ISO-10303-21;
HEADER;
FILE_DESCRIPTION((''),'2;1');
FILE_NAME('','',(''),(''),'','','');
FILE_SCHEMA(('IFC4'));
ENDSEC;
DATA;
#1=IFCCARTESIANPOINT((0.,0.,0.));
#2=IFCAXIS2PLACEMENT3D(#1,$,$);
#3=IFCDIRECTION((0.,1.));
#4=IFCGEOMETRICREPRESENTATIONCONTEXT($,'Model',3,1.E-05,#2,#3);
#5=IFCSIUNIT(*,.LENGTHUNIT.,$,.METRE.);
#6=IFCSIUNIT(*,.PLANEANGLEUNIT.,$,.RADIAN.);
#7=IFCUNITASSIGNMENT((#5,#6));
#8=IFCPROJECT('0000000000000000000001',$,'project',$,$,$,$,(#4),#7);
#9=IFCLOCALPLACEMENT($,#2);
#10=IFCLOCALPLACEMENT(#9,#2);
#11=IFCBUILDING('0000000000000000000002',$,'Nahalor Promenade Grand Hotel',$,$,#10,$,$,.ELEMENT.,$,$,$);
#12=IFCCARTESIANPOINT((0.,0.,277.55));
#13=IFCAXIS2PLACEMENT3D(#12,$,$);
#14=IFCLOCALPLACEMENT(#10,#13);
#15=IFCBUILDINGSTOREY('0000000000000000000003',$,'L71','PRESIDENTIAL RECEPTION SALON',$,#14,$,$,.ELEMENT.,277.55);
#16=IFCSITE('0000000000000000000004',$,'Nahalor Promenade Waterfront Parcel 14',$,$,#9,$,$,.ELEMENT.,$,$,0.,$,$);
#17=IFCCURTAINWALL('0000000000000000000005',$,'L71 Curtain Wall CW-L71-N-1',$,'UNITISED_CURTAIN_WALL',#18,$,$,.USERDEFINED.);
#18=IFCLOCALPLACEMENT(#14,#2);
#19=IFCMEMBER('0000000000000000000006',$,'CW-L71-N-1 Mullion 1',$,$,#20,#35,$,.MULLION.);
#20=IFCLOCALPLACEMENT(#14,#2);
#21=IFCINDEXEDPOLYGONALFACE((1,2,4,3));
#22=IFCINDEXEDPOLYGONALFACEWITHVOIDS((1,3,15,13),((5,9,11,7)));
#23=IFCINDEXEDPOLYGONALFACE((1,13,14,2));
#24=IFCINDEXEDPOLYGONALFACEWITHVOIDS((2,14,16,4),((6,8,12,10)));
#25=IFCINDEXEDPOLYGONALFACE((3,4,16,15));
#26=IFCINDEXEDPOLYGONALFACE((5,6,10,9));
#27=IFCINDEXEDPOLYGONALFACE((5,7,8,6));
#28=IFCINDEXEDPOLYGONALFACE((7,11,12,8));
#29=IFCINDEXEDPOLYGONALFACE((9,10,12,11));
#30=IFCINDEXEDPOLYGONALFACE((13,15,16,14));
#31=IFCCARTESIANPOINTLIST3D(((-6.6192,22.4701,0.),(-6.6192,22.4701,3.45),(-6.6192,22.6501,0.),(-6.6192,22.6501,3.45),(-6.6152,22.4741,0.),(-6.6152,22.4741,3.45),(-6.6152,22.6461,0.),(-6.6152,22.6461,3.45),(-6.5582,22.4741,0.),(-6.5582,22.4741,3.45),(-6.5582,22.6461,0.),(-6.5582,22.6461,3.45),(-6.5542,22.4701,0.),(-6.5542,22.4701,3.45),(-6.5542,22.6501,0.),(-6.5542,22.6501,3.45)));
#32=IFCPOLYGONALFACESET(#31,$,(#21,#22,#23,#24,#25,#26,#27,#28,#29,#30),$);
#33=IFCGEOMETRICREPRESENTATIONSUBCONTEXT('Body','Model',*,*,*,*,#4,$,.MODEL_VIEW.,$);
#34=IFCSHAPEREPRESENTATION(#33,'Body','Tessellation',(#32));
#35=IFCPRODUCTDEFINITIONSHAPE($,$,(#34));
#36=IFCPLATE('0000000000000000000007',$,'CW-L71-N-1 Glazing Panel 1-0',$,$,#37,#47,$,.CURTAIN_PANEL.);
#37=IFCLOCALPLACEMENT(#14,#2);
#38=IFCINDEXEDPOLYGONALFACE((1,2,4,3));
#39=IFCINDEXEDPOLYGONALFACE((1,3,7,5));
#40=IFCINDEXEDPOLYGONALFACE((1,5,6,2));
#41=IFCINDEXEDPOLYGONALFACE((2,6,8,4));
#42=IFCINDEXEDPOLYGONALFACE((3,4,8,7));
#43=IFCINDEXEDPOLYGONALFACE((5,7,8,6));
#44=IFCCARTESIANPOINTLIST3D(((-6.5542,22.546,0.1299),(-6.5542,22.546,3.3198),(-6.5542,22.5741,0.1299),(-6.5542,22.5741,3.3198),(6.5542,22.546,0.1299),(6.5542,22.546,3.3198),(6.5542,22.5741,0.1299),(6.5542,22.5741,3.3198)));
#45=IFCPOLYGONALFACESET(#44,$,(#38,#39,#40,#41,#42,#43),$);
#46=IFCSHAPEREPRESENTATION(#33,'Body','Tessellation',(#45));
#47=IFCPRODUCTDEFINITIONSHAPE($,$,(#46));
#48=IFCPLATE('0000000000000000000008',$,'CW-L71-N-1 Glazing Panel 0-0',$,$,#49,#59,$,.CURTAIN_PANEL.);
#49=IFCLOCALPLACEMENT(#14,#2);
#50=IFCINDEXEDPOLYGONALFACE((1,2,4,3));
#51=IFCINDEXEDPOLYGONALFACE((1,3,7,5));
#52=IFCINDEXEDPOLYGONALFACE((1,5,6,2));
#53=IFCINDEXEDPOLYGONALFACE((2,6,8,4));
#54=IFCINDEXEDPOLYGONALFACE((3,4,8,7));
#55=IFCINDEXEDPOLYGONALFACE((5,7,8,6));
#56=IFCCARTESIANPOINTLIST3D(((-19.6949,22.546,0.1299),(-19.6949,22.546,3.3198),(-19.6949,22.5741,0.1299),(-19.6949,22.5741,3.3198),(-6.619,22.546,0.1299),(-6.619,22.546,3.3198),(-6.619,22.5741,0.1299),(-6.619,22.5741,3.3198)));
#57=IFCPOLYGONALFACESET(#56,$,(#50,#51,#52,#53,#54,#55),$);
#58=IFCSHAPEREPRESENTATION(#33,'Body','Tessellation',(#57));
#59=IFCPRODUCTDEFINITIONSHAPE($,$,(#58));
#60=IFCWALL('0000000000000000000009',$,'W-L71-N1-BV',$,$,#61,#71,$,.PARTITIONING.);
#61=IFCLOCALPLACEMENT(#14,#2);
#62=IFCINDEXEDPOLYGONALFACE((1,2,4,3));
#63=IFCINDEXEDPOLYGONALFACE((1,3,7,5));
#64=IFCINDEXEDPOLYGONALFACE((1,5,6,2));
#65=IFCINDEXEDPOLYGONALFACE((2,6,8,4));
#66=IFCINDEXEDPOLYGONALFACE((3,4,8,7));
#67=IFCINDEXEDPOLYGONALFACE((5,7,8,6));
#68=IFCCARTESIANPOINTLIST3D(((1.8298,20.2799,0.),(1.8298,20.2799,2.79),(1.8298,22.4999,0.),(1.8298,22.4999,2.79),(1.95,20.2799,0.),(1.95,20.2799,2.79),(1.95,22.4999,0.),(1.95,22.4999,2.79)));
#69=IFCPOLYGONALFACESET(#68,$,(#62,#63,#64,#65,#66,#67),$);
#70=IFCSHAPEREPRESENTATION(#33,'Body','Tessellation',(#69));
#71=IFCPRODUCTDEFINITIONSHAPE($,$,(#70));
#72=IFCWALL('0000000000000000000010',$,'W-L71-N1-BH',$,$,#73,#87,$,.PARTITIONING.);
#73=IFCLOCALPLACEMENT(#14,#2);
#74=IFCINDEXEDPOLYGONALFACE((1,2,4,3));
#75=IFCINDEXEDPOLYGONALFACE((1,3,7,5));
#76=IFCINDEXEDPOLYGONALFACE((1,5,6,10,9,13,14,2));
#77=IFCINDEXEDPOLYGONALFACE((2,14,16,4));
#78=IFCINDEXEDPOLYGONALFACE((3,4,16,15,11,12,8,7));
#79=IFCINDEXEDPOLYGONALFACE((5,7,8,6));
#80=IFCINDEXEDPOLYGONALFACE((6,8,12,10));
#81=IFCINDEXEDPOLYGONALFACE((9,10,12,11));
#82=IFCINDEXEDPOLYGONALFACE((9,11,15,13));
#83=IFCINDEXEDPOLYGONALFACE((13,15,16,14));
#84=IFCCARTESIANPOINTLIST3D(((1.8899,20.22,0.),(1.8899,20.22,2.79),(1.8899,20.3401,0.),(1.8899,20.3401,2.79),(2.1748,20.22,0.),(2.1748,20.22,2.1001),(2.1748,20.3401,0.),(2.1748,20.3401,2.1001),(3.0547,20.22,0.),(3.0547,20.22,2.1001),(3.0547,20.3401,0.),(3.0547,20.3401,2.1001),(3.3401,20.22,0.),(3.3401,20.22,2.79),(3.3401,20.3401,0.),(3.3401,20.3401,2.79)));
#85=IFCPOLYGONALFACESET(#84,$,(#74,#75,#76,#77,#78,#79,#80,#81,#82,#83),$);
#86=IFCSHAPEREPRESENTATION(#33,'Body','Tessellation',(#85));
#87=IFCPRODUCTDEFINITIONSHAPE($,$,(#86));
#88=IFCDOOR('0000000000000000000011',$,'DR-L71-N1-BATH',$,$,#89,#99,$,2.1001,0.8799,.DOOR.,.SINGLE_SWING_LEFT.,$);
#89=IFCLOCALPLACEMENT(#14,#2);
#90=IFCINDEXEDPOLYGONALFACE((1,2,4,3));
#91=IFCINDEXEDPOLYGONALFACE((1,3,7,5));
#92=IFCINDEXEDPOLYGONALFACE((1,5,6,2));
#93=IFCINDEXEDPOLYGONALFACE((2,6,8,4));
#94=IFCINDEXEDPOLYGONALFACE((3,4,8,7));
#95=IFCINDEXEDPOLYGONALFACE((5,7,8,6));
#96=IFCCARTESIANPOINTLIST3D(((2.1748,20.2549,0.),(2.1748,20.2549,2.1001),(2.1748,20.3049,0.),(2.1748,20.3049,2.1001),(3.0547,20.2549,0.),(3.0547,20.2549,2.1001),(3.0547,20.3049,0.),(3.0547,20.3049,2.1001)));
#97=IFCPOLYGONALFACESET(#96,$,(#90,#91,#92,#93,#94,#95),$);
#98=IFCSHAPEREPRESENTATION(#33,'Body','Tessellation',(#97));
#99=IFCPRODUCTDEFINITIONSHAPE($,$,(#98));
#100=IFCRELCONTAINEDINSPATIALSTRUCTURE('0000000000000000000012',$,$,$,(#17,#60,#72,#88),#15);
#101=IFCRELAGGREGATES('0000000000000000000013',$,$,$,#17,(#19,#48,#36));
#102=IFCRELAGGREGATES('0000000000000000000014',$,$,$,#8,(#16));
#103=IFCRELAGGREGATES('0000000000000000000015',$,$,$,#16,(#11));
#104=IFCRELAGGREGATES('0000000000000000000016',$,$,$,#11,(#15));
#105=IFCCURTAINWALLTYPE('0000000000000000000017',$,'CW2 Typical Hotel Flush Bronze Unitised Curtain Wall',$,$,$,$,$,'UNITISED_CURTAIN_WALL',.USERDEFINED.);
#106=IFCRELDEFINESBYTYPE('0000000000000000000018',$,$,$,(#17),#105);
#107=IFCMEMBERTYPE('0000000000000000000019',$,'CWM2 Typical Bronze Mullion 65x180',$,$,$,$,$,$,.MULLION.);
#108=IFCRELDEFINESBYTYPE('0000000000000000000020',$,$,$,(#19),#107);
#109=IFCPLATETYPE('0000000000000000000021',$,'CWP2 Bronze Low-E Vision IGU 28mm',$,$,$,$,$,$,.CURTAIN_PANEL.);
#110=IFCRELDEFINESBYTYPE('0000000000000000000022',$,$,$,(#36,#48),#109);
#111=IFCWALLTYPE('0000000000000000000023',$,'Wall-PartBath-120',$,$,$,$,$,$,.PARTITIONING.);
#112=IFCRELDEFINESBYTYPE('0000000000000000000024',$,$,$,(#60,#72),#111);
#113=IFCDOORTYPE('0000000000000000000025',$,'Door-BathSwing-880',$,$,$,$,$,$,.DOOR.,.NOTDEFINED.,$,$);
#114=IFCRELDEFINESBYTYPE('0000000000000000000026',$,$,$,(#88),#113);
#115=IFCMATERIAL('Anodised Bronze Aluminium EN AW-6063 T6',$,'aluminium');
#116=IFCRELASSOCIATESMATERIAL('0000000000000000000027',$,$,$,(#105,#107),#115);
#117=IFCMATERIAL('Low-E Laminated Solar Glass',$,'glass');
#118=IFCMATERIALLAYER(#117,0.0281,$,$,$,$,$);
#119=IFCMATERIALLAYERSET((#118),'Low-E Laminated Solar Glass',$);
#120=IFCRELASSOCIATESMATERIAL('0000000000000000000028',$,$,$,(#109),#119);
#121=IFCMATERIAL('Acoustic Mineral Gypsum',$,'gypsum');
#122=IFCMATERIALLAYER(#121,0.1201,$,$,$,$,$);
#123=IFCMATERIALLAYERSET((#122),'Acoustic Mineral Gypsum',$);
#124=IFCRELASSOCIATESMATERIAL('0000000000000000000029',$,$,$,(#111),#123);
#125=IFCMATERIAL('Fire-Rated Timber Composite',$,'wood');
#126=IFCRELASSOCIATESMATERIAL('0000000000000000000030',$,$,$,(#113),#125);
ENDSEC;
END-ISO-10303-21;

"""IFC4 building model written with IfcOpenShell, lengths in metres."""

from ifc_helpers import new_model, si_unit, direction, frame, frame_2d, origin, origin_2d, place, context, subcontext, project, spatial, rectangle, hollow_rectangle, extrude, source, transform, mapped, material, layer, layer_set, material_profile, profile_set, type_object, element, fill, aggregate, save


model = new_model("IFC4")

# Units and contexts
model_context = context("Model", 3, precision=1e-05, world=origin(), true_north=direction((0.0, 1.0)))
body_context = subcontext(model_context, "Body", "Model", "MODEL_VIEW")
ifc_project = project(units=[si_unit("LENGTHUNIT", "METRE"), si_unit("PLANEANGLEUNIT", "RADIAN")], contexts=[model_context])

# Site, building, storey
site_placement = place(None, origin())
site = spatial("IfcSite", under=ifc_project, at=site_placement, Name="Nahalor Promenade Waterfront Parcel 14", CompositionType="ELEMENT", RefElevation=0.0)
building_placement = place(site_placement, origin())
building = spatial("IfcBuilding", under=site, at=building_placement, Name="Nahalor Promenade Grand Hotel", CompositionType="ELEMENT")
storey_placement = place(building_placement, frame((0.0, 0.0, 277.55)))
storey = spatial("IfcBuildingStorey", under=building, at=storey_placement, Name="L71", Description="PRESIDENTIAL RECEPTION SALON", CompositionType="ELEMENT", Elevation=277.55)

# Curtain wall, member, plates
ifc_material_1 = material(Name="Anodised Bronze Aluminium EN AW-6063 T6", Category="aluminium")
curtain_wall_type = type_object("IfcCurtainWallType", Name="CW2 Typical Hotel Flush Bronze Unitised Curtain Wall", ElementType="UNITISED_CURTAIN_WALL", PredefinedType="USERDEFINED", material=ifc_material_1)
curtain_wall_placement = place(storey_placement, origin())
curtain_wall = element("IfcCurtainWall", 1, at=curtain_wall_placement, inside=storey, type_object=curtain_wall_type, Name="L71 Curtain Wall CW-L71-N-1", ObjectType="UNITISED_CURTAIN_WALL", PredefinedType="USERDEFINED")
ifc_material_profile_1 = material_profile(ifc_material_1, hollow_rectangle(XDim=0.065, YDim=0.18, WallThickness=0.004, at=origin_2d()), Name="CWM 65x180x4")
ifc_profile_set_1 = profile_set([ifc_material_profile_1], Name="Anodised Bronze Aluminium EN AW-6063 T6")
member_type_1 = type_object("IfcMemberType", Name="CWM2 Typical Bronze Mullion 65x180", PredefinedType="MULLION", material=ifc_profile_set_1)
shared_shape_1 = source(origin(), body_context, "Body", "SweptSolid", [
    extrude(hollow_rectangle(XDim=0.065, YDim=0.18, WallThickness=0.004, at=origin_2d()), origin(), (0.0, 0.0, 1.0), 3.45),
])
member_1_placement = place(storey_placement, frame((-6.5867, 22.5601, 0.0), z_axis=(0.0, 0.0, 1.0), x_axis=(1.0, 0.0, 0.0)))
member_1 = element("IfcMember", 2, at=member_1_placement, type_object=member_type_1, Name="CW-L71-N-1 Mullion 1", PredefinedType="MULLION", context=body_context, shape_type="MappedRepresentation", body=[
    mapped(shared_shape_1, transform((0.0, 0.0, 0.0), scale=1.0)),
])
ifc_material_2 = material(Name="Low-E Laminated Solar Glass", Category="glass")
ifc_layer_1 = layer(ifc_material_2, 0.0281)
ifc_layer_set_1 = layer_set([ifc_layer_1], Name="Low-E Laminated Solar Glass")
plate_type = type_object("IfcPlateType", Name="CWP2 Bronze Low-E Vision IGU 28mm", PredefinedType="CURTAIN_PANEL", material=ifc_layer_set_1)
shared_shape_2 = source(origin(), body_context, "Body", "SweptSolid", [
    extrude(rectangle(XDim=13.1084, YDim=0.0281, at=origin_2d()), origin(), (0.0, 0.0, 1.0), 3.1899),
])
plate_1_placement = place(storey_placement, frame((0.0, 22.5601, 0.1299), z_axis=(0.0, 0.0, 1.0), x_axis=(1.0, 0.0, 0.0)))
plate_1 = element("IfcPlate", 3, at=plate_1_placement, type_object=plate_type, Name="CW-L71-N-1 Glazing Panel 1-0", PredefinedType="CURTAIN_PANEL", context=body_context, shape_type="MappedRepresentation", body=[
    mapped(shared_shape_2, transform((0.0, 0.0, 0.0), scale=1.0)),
])
shared_shape_3 = source(origin(), body_context, "Body", "SweptSolid", [
    extrude(rectangle(XDim=13.0759, YDim=0.0281, at=origin_2d()), origin(), (0.0, 0.0, 1.0), 3.1899),
])
plate_2_placement = place(storey_placement, frame((-13.157, 22.5601, 0.1299), z_axis=(0.0, 0.0, 1.0), x_axis=(1.0, 0.0, 0.0)))
plate_2 = element("IfcPlate", 4, at=plate_2_placement, type_object=plate_type, Name="CW-L71-N-1 Glazing Panel 0-0", PredefinedType="CURTAIN_PANEL", context=body_context, shape_type="MappedRepresentation", body=[
    mapped(shared_shape_3, transform((0.0, 0.0, 0.0), scale=1.0)),
])
aggregate(curtain_wall, [member_1, plate_2, plate_1])

# Wall
ifc_material_3 = material(Name="Acoustic Mineral Gypsum", Category="gypsum")
ifc_layer_2 = layer(ifc_material_3, 0.1201)
ifc_layer_set_2 = layer_set([ifc_layer_2], Name="Acoustic Mineral Gypsum")
wall_type = type_object("IfcWallType", Name="Wall-PartBath-120", PredefinedType="PARTITIONING", material=ifc_layer_set_2)
shared_shape_4 = source(origin(), body_context, "Body", "SweptSolid", [
    extrude(rectangle(XDim=2.22, YDim=0.1201, at=frame_2d((1.1099, 0.0))), origin(), (0.0, 0.0, 1.0), 2.79),
])
wall_1_placement = place(storey_placement, frame((1.8899, 20.28, 0.0), z_axis=(0.0, 0.0, 1.0), x_axis=(0.0, 1.0, 0.0)))
element("IfcWall", 5, at=wall_1_placement, inside=storey, type_object=wall_type, Name="W-L71-N1-BV", PredefinedType="PARTITIONING", context=body_context, shape_type="MappedRepresentation", body=[
    mapped(shared_shape_4, transform((0.0, 0.0, 0.0), scale=1.0)),
])

# Wall, opening, door
shared_shape_5 = source(origin(), body_context, "Body", "SweptSolid", [
    extrude(rectangle(XDim=1.4502, YDim=0.1201, at=frame_2d((0.7251, 0.0))), origin(), (0.0, 0.0, 1.0), 2.79),
])
wall_2_placement = place(storey_placement, frame((1.8899, 20.28, 0.0), z_axis=(0.0, 0.0, 1.0), x_axis=(1.0, 0.0, 0.0)))
wall_2 = element("IfcWall", 6, at=wall_2_placement, inside=storey, type_object=wall_type, Name="W-L71-N1-BH", PredefinedType="PARTITIONING", context=body_context, shape_type="MappedRepresentation", body=[
    mapped(shared_shape_5, transform((0.0, 0.0, 0.0), scale=1.0)),
])
opening_placement = place(wall_2_placement, frame((0.2849, 0.0, 0.0)))
opening = element("IfcOpeningElement", 7, at=opening_placement, cuts=wall_2, PredefinedType="OPENING", context=body_context, shape_type="SweptSolid", body=[
    extrude(rectangle(XDim=0.8799, YDim=2.1001, at=frame_2d((0.4399, 1.05))), frame((0.0, 0.0701, 0.0), z_axis=(0.0, -1.0, 0.0), x_axis=(1.0, 0.0, 0.0)), (0.0, 0.0, 1.0), 0.1401),
])
ifc_material_4 = material(Name="Fire-Rated Timber Composite", Category="wood")
door_type = type_object("IfcDoorType", Name="Door-BathSwing-880", OperationType="NOTDEFINED", PredefinedType="DOOR", material=ifc_material_4)
shared_shape_6 = source(origin(), body_context, "Body", "SweptSolid", [
    extrude(rectangle(XDim=0.8799, YDim=2.1001, at=frame_2d((0.4399, 1.05))), frame((0.0, 0.0249, 0.0), z_axis=(0.0, -1.0, 0.0), x_axis=(1.0, 0.0, 0.0)), (0.0, 0.0, 1.0), 0.05),
])
door_placement = place(opening_placement, origin())
door = element("IfcDoor", 8, at=door_placement, inside=storey, type_object=door_type, Name="DR-L71-N1-BATH", OperationType="SINGLE_SWING_LEFT", OverallHeight=2.1001, OverallWidth=0.8799, PredefinedType="DOOR", context=body_context, shape_type="MappedRepresentation", body=[
    mapped(shared_shape_6, transform((0.0, 0.0, 0.0), scale=1.0)),
])
fill(opening, door)

save(model, "model.ifc")
